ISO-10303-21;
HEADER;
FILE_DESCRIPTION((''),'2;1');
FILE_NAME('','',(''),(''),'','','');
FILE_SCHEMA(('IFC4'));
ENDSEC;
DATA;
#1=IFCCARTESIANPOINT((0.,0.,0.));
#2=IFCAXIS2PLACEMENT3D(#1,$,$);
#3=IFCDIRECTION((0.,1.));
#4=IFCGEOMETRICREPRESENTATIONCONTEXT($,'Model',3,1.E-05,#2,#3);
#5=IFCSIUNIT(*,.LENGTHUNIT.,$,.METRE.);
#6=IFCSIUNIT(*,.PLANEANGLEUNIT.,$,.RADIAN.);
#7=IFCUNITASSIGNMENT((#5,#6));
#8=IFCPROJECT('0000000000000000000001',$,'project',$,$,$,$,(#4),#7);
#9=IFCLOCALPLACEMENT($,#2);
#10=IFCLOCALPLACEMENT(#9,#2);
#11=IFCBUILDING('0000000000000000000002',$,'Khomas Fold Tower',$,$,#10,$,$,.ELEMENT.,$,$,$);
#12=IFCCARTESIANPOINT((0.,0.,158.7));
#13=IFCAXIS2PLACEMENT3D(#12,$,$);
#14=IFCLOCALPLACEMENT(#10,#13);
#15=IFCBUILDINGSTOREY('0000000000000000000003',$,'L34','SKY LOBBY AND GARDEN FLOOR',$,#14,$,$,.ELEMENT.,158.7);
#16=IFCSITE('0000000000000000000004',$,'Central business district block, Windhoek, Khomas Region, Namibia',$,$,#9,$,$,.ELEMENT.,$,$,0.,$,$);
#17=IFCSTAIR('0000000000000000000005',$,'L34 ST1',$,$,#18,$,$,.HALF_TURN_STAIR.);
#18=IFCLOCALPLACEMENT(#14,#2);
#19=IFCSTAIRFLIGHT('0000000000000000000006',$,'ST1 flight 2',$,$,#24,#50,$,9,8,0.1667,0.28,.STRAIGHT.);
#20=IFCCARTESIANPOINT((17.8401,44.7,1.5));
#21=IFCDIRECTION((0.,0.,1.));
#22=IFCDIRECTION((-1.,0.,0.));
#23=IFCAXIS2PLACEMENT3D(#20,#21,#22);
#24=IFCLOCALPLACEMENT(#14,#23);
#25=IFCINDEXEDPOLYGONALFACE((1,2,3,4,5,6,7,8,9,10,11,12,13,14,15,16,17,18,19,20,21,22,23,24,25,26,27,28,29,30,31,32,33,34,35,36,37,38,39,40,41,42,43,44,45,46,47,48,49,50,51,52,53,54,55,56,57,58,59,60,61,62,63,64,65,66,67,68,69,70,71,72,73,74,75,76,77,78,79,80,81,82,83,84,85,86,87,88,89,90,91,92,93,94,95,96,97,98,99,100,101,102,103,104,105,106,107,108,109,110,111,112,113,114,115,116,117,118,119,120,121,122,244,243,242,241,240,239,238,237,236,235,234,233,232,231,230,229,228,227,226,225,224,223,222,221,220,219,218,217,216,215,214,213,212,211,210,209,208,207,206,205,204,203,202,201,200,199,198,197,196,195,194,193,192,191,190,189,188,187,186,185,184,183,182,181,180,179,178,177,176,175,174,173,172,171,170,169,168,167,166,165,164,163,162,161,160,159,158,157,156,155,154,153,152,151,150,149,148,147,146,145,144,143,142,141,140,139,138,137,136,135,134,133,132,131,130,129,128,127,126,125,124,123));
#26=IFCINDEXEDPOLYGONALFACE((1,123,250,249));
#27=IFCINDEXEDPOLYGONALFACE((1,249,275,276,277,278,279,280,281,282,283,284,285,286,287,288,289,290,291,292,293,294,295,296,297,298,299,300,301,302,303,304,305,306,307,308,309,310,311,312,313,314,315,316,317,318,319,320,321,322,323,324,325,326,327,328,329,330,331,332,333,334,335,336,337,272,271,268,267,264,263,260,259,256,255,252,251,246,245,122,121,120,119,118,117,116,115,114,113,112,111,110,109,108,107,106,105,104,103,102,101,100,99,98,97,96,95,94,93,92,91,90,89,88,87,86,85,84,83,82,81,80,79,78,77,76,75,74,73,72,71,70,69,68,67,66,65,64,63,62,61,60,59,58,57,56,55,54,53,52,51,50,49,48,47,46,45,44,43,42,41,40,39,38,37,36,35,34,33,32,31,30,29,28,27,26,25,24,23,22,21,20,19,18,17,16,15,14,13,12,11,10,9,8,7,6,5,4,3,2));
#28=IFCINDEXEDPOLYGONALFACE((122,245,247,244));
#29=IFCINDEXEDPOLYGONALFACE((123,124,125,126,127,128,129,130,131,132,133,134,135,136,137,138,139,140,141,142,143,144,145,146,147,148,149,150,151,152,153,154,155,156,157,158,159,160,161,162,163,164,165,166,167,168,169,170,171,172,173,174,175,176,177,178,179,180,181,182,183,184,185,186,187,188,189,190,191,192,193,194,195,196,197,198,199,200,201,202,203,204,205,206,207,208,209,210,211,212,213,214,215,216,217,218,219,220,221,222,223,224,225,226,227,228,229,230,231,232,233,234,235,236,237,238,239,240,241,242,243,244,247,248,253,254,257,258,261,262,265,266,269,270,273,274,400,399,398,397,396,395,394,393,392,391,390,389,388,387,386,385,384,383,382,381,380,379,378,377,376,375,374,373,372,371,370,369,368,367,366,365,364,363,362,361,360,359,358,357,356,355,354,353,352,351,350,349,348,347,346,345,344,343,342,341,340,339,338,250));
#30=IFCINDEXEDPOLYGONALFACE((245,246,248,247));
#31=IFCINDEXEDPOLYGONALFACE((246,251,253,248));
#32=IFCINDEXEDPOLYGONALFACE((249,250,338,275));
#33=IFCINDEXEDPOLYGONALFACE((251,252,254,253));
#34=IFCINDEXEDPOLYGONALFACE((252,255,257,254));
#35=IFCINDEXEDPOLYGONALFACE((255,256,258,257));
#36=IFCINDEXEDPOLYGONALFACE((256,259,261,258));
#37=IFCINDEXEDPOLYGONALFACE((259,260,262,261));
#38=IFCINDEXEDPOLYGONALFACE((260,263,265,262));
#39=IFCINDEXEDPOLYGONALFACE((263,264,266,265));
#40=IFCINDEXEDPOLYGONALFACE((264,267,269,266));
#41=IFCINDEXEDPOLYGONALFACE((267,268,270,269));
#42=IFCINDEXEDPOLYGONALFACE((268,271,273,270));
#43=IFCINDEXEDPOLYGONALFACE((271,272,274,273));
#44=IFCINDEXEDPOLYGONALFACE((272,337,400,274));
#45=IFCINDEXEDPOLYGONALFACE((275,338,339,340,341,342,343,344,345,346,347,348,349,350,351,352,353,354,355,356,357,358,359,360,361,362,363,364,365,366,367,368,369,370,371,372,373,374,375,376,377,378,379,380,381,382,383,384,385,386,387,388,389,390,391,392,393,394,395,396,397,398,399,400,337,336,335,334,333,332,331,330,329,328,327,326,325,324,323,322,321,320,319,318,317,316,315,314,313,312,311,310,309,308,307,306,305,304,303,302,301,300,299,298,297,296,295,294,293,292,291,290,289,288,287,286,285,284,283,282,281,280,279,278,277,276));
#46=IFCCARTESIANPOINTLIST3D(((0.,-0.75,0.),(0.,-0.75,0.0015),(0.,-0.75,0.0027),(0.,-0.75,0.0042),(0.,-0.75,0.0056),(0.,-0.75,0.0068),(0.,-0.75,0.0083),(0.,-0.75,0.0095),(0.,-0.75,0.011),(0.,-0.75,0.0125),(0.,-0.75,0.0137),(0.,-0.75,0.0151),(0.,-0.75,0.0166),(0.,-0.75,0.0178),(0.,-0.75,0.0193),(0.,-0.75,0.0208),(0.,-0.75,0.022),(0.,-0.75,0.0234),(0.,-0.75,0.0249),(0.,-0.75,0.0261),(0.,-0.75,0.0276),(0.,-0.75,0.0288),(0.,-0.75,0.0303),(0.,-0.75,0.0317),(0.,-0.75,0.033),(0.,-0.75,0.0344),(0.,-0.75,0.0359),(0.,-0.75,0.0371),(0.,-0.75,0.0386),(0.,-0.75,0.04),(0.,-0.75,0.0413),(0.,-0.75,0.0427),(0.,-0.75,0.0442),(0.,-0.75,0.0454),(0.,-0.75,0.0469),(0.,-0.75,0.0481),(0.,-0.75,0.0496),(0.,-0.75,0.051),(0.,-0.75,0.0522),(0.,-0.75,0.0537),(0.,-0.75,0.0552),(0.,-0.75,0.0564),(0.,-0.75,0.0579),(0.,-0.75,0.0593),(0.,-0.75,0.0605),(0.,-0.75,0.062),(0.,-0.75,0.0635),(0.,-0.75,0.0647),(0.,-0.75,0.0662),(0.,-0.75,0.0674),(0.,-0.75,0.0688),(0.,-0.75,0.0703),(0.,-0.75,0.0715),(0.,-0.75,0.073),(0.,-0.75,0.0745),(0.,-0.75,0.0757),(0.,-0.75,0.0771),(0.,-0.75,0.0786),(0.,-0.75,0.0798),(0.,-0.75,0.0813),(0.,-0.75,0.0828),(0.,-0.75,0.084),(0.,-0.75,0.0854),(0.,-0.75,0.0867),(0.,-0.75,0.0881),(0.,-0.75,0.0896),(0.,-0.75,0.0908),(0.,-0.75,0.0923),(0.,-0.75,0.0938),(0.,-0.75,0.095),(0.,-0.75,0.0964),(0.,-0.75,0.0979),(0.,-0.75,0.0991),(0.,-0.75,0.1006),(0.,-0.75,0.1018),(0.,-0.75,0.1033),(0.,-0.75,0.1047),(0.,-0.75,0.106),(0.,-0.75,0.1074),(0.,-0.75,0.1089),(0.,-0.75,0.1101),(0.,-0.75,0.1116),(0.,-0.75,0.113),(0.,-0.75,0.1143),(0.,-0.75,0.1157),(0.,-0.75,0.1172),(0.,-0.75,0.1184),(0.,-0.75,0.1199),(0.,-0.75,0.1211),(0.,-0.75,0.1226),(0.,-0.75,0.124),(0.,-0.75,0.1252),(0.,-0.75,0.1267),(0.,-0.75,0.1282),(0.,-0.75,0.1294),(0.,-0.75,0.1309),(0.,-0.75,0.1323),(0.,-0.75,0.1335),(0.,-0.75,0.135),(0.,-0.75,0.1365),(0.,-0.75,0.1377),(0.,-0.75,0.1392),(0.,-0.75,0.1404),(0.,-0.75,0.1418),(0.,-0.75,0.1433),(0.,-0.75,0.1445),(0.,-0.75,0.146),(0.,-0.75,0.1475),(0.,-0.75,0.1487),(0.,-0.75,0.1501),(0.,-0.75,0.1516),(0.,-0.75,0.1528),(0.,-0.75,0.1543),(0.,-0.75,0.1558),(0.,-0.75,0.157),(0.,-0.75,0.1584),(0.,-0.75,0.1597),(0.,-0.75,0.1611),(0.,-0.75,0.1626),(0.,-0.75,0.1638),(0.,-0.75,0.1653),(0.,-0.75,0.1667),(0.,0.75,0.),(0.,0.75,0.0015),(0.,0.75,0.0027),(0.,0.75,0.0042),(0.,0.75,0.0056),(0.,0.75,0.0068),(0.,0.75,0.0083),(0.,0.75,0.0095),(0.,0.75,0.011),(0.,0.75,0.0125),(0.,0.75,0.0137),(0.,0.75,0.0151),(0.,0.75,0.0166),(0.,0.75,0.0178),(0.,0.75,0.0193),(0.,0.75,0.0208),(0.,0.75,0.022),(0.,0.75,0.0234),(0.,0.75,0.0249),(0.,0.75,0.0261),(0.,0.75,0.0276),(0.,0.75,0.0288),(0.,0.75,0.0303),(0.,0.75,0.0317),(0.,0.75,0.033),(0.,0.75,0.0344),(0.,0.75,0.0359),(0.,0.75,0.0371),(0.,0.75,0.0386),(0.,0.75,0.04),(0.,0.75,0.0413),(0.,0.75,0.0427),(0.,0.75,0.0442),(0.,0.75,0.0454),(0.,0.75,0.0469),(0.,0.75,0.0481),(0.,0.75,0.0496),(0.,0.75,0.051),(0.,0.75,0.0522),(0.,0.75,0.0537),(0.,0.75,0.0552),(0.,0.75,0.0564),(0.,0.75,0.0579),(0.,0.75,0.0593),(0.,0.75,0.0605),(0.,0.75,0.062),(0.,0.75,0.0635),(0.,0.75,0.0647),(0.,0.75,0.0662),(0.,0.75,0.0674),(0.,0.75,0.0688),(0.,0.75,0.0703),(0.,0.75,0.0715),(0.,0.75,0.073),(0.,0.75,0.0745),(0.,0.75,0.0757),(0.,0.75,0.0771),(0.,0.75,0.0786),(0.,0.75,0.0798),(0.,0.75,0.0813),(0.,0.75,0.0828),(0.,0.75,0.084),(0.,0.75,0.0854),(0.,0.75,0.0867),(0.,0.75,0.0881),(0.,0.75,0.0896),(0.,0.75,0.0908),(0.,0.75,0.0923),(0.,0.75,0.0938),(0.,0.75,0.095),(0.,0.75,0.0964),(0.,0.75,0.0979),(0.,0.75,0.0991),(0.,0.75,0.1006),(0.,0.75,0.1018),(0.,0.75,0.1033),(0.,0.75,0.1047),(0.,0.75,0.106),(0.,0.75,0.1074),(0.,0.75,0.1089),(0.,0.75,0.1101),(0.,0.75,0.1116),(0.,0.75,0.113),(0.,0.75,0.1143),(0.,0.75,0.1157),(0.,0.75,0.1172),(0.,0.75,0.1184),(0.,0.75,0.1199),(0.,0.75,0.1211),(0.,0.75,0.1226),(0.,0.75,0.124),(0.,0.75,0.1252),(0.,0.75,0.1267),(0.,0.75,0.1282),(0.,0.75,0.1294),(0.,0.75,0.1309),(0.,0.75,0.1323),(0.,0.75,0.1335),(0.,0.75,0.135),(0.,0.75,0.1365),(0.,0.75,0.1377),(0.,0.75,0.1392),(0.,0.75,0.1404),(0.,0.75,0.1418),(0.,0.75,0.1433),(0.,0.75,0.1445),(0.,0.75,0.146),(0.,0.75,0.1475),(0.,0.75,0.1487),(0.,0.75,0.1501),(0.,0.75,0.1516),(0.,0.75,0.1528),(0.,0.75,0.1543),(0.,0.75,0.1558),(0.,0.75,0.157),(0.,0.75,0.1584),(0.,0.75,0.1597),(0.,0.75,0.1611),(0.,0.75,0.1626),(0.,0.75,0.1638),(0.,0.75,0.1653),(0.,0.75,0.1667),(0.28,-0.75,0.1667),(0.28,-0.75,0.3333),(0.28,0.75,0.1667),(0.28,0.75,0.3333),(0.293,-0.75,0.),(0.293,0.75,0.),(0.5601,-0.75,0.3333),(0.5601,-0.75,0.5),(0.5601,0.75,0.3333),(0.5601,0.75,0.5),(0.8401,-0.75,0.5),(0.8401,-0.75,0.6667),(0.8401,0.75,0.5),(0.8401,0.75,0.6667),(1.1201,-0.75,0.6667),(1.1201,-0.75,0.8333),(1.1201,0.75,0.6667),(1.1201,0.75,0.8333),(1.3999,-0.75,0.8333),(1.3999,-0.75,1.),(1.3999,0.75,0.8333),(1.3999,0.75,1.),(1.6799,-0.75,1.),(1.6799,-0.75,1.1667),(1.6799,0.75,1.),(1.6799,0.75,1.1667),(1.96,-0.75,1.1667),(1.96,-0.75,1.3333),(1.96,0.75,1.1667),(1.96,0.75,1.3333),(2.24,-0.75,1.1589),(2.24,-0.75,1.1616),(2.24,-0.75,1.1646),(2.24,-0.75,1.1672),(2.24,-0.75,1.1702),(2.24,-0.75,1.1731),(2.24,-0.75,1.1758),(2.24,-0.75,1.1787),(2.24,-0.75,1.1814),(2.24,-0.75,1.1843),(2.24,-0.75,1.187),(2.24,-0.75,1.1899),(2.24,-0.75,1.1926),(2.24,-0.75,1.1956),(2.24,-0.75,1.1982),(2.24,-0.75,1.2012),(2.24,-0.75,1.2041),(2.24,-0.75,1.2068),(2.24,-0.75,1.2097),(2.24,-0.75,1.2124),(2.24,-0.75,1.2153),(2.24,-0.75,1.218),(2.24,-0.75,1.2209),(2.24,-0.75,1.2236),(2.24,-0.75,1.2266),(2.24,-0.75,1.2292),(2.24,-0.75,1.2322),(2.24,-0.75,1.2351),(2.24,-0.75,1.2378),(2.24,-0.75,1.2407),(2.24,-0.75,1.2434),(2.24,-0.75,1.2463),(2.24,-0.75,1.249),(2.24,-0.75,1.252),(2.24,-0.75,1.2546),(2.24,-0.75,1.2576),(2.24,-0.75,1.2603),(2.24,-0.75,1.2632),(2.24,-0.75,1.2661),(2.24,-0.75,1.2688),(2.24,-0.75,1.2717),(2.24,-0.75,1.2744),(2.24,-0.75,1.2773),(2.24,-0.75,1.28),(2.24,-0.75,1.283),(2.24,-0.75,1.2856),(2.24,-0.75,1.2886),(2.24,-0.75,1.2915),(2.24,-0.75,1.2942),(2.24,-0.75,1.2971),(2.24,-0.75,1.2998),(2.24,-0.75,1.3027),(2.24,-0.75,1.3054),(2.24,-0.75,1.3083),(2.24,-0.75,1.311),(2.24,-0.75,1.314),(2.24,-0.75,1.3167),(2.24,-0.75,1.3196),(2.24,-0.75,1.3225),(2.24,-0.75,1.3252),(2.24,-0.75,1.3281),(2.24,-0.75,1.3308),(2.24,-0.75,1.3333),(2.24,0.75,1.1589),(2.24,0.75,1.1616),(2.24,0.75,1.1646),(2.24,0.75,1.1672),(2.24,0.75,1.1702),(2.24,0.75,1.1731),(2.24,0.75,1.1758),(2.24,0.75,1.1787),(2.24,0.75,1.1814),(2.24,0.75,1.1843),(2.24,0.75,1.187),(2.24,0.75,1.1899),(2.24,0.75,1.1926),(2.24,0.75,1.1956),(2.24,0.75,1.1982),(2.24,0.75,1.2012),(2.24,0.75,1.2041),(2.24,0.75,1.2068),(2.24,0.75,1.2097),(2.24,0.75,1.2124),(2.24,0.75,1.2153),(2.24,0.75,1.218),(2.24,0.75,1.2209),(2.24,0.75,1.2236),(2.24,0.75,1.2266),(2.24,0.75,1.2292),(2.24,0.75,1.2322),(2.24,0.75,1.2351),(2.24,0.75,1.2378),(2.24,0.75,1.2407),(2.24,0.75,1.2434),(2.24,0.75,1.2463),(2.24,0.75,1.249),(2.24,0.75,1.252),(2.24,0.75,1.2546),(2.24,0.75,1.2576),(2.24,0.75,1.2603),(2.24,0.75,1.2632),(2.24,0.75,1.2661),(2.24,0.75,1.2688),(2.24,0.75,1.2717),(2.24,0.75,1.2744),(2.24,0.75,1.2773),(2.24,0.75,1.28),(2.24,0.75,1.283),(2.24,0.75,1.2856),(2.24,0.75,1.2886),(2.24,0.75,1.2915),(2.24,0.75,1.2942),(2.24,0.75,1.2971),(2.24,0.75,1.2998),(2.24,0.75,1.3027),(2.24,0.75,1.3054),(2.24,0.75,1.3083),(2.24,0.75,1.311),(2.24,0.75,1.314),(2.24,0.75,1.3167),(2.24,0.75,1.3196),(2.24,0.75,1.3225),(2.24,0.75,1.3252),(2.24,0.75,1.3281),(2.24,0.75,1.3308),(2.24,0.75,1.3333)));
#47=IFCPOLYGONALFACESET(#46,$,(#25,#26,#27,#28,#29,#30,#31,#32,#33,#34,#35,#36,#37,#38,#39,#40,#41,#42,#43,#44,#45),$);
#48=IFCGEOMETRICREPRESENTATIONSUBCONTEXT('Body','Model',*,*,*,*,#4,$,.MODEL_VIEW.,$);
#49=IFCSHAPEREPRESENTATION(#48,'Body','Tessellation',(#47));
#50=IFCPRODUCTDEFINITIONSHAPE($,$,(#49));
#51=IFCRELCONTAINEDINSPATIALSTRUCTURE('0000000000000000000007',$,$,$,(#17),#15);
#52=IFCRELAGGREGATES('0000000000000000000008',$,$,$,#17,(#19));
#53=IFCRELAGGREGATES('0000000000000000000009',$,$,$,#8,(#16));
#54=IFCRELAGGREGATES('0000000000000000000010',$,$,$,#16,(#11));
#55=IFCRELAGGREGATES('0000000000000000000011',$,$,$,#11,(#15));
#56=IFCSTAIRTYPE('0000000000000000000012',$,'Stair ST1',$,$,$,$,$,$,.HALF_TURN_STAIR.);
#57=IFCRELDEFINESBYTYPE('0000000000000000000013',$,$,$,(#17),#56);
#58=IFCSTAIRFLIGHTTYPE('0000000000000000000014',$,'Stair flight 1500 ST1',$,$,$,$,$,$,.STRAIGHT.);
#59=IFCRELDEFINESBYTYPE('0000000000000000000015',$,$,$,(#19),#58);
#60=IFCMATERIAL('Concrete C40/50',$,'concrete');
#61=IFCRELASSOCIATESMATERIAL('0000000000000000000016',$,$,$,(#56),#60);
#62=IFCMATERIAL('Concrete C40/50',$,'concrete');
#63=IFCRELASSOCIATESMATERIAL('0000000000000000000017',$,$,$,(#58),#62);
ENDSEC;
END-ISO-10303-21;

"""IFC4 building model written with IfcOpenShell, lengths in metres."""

from ifc_helpers import new_model, si_unit, direction, frame, origin, place, context, subcontext, project, spatial, polyline, outline, extrude, source, transform, mapped, material, type_object, element, aggregate, save


model = new_model("IFC4")

# Units and contexts
model_context = context("Model", 3, precision=1e-05, world=origin(), true_north=direction((0.0, 1.0)))
body_context = subcontext(model_context, "Body", "Model", "MODEL_VIEW")
ifc_project = project(units=[si_unit("LENGTHUNIT", "METRE"), si_unit("PLANEANGLEUNIT", "RADIAN")], contexts=[model_context])

# Site, building, storey
site_placement = place(None, origin())
site = spatial("IfcSite", under=ifc_project, at=site_placement, Name="Central business district block, Windhoek, Khomas Region, Namibia", CompositionType="ELEMENT", RefElevation=0.0)
building_placement = place(site_placement, origin())
building = spatial("IfcBuilding", under=site, at=building_placement, Name="Khomas Fold Tower", CompositionType="ELEMENT")
storey_placement = place(building_placement, frame((0.0, 0.0, 158.7)))
storey = spatial("IfcBuildingStorey", under=building, at=storey_placement, Name="L34", Description="SKY LOBBY AND GARDEN FLOOR", CompositionType="ELEMENT", Elevation=158.7)

# Stair, stair flight
ifc_material_1 = material(Name="Concrete C40/50", Category="concrete")
stair_type_1 = type_object("IfcStairType", Name="Stair ST1", PredefinedType="HALF_TURN_STAIR", material=ifc_material_1)
stair_1_placement = place(storey_placement, origin())
stair_1 = element("IfcStair", 1, at=stair_1_placement, inside=storey, type_object=stair_type_1, Name="L34 ST1", PredefinedType="HALF_TURN_STAIR")
ifc_material_2 = material(Name="Concrete C40/50", Category="concrete")
stair_flight_type_1 = type_object("IfcStairFlightType", Name="Stair flight 1500 ST1", PredefinedType="STRAIGHT", material=ifc_material_2)
shared_shape_1 = source(origin(), body_context, "Body", "SweptSolid", [
    extrude(outline(polyline([(0.0, 0.0), (0.0, 0.0015), (0.0, 0.0027), (0.0, 0.0042), (0.0, 0.0056), (0.0, 0.0068), (0.0, 0.0083), (0.0, 0.0095), (0.0, 0.011), (0.0, 0.0125), (0.0, 0.0137), (0.0, 0.0151), (0.0, 0.0166), (0.0, 0.0178), (0.0, 0.0193), (0.0, 0.0208), (0.0, 0.022), (0.0, 0.0234), (0.0, 0.0249), (0.0, 0.0261), (0.0, 0.0276), (0.0, 0.0288), (0.0, 0.0303), (0.0, 0.0317), (0.0, 0.033), (0.0, 0.0344), (0.0, 0.0359), (0.0, 0.0371), (0.0, 0.0386), (0.0, 0.04), (0.0, 0.0413), (0.0, 0.0427), (0.0, 0.0442), (0.0, 0.0454), (0.0, 0.0469), (0.0, 0.0481), (0.0, 0.0496), (0.0, 0.051), (0.0, 0.0522), (0.0, 0.0537), (0.0, 0.0552), (0.0, 0.0564), (0.0, 0.0579), (0.0, 0.0593), (0.0, 0.0605), (0.0, 0.062), (0.0, 0.0635), (0.0, 0.0647), (0.0, 0.0662), (0.0, 0.0674), (0.0, 0.0688), (0.0, 0.0703), (0.0, 0.0715), (0.0, 0.073), (0.0, 0.0745), (0.0, 0.0757), (0.0, 0.0771), (0.0, 0.0786), (0.0, 0.0798), (0.0, 0.0813), (0.0, 0.0828), (0.0, 0.084), (0.0, 0.0854), (0.0, 0.0867), (0.0, 0.0881), (0.0, 0.0896), (0.0, 0.0908), (0.0, 0.0923), (0.0, 0.0938), (0.0, 0.095), (0.0, 0.0964), (0.0, 0.0979), (0.0, 0.0991), (0.0, 0.1006), (0.0, 0.1018), (0.0, 0.1033), (0.0, 0.1047), (0.0, 0.106), (0.0, 0.1074), (0.0, 0.1089), (0.0, 0.1101), (0.0, 0.1116), (0.0, 0.113), (0.0, 0.1143), (0.0, 0.1157), (0.0, 0.1172), (0.0, 0.1184), (0.0, 0.1199), (0.0, 0.1211), (0.0, 0.1226), (0.0, 0.124), (0.0, 0.1252), (0.0, 0.1267), (0.0, 0.1282), (0.0, 0.1294), (0.0, 0.1309), (0.0, 0.1323), (0.0, 0.1335), (0.0, 0.135), (0.0, 0.1365), (0.0, 0.1377), (0.0, 0.1392), (0.0, 0.1404), (0.0, 0.1418), (0.0, 0.1433), (0.0, 0.1445), (0.0, 0.146), (0.0, 0.1475), (0.0, 0.1487), (0.0, 0.1501), (0.0, 0.1516), (0.0, 0.1528), (0.0, 0.1543), (0.0, 0.1558), (0.0, 0.157), (0.0, 0.1584), (0.0, 0.1597), (0.0, 0.1611), (0.0, 0.1626), (0.0, 0.1638), (0.0, 0.1653), (0.0, 0.1667), (0.28, 0.1667), (0.28, 0.3333), (0.5601, 0.3333), (0.5601, 0.5), (0.8401, 0.5), (0.8401, 0.6667), (1.1201, 0.6667), (1.1201, 0.8333), (1.3999, 0.8333), (1.3999, 1.0), (1.6799, 1.0), (1.6799, 1.1667), (1.96, 1.1667), (1.96, 1.3333), (2.24, 1.3333), (2.24, 1.5), (2.24, 1.4971), (2.24, 1.4944), (2.24, 1.4915), (2.24, 1.4888), (2.24, 1.4858), (2.24, 1.4832), (2.24, 1.4802), (2.24, 1.4775), (2.24, 1.4746), (2.24, 1.4719), (2.24, 1.469), (2.24, 1.4661), (2.24, 1.4634), (2.24, 1.4604), (2.24, 1.4578), (2.24, 1.4548), (2.24, 1.4521), (2.24, 1.4492), (2.24, 1.4465), (2.24, 1.4436), (2.24, 1.4409), (2.24, 1.438), (2.24, 1.4351), (2.24, 1.4324), (2.24, 1.4294), (2.24, 1.4268), (2.24, 1.4238), (2.24, 1.4211), (2.24, 1.4182), (2.24, 1.4155), (2.24, 1.4126), (2.24, 1.4097), (2.24, 1.407), (2.24, 1.4041), (2.24, 1.4014), (2.24, 1.3984), (2.24, 1.3958), (2.24, 1.3928), (2.24, 1.3901), (2.24, 1.3872), (2.24, 1.3845), (2.24, 1.3816), (2.24, 1.3787), (2.24, 1.376), (2.24, 1.373), (2.24, 1.3704), (2.24, 1.3674), (2.24, 1.3647), (2.24, 1.3618), (2.24, 1.3591), (2.24, 1.3562), (2.24, 1.3535), (2.24, 1.3506), (2.24, 1.3477), (2.24, 1.345), (2.24, 1.342), (2.24, 1.3394), (2.24, 1.3364), (2.24, 1.3337), (2.24, 1.3308), (2.24, 1.3281), (2.24, 1.3252), (2.24, 1.3225), (2.24, 1.3196), (2.24, 1.3167), (2.24, 1.314), (2.24, 1.311), (2.24, 1.3083), (2.24, 1.3054), (2.24, 1.3027), (2.24, 1.2998), (2.24, 1.2971), (2.24, 1.2942), (2.24, 1.2915), (2.24, 1.2886), (2.24, 1.2856), (2.24, 1.283), (2.24, 1.28), (2.24, 1.2773), (2.24, 1.2744), (2.24, 1.2717), (2.24, 1.2688), (2.24, 1.2661), (2.24, 1.2632), (2.24, 1.2603), (2.24, 1.2576), (2.24, 1.2546), (2.24, 1.252), (2.24, 1.249), (2.24, 1.2463), (2.24, 1.2434), (2.24, 1.2407), (2.24, 1.2378), (2.24, 1.2351), (2.24, 1.2322), (2.24, 1.2292), (2.24, 1.2266), (2.24, 1.2236), (2.24, 1.2209), (2.24, 1.218), (2.24, 1.2153), (2.24, 1.2124), (2.24, 1.2097), (2.24, 1.2068), (2.24, 1.2041), (2.24, 1.2012), (2.24, 1.1982), (2.24, 1.1956), (2.24, 1.1926), (2.24, 1.1899), (2.24, 1.187), (2.24, 1.1843), (2.24, 1.1814), (2.24, 1.1787), (2.24, 1.1758), (2.24, 1.1731), (2.24, 1.1702), (2.24, 1.1672), (2.24, 1.1646), (2.24, 1.1616), (2.24, 1.1589), (0.293, 0.0), (0.0, 0.0)])), frame((0.0, 0.75, 0.0), z_axis=(0.0, -1.0, 0.0), x_axis=(1.0, 0.0, 0.0)), (0.0, 0.0, 1.0), 1.5),
])
stair_flight_1_placement = place(storey_placement, frame((17.8401, 44.7, 1.5), z_axis=(0.0, 0.0, 1.0), x_axis=(-1.0, 0.0, 0.0)))
stair_flight_1 = element("IfcStairFlight", 2, at=stair_flight_1_placement, type_object=stair_flight_type_1, Name="ST1 flight 2", NumberOfRisers=9, NumberOfTreads=8, PredefinedType="STRAIGHT", RiserHeight=0.1667, TreadLength=0.28, context=body_context, shape_type="MappedRepresentation", body=[
    mapped(shared_shape_1, transform((0.0, 0.0, 0.0))),
])
aggregate(stair_1, [stair_flight_1])

save(model, "model.ifc")
